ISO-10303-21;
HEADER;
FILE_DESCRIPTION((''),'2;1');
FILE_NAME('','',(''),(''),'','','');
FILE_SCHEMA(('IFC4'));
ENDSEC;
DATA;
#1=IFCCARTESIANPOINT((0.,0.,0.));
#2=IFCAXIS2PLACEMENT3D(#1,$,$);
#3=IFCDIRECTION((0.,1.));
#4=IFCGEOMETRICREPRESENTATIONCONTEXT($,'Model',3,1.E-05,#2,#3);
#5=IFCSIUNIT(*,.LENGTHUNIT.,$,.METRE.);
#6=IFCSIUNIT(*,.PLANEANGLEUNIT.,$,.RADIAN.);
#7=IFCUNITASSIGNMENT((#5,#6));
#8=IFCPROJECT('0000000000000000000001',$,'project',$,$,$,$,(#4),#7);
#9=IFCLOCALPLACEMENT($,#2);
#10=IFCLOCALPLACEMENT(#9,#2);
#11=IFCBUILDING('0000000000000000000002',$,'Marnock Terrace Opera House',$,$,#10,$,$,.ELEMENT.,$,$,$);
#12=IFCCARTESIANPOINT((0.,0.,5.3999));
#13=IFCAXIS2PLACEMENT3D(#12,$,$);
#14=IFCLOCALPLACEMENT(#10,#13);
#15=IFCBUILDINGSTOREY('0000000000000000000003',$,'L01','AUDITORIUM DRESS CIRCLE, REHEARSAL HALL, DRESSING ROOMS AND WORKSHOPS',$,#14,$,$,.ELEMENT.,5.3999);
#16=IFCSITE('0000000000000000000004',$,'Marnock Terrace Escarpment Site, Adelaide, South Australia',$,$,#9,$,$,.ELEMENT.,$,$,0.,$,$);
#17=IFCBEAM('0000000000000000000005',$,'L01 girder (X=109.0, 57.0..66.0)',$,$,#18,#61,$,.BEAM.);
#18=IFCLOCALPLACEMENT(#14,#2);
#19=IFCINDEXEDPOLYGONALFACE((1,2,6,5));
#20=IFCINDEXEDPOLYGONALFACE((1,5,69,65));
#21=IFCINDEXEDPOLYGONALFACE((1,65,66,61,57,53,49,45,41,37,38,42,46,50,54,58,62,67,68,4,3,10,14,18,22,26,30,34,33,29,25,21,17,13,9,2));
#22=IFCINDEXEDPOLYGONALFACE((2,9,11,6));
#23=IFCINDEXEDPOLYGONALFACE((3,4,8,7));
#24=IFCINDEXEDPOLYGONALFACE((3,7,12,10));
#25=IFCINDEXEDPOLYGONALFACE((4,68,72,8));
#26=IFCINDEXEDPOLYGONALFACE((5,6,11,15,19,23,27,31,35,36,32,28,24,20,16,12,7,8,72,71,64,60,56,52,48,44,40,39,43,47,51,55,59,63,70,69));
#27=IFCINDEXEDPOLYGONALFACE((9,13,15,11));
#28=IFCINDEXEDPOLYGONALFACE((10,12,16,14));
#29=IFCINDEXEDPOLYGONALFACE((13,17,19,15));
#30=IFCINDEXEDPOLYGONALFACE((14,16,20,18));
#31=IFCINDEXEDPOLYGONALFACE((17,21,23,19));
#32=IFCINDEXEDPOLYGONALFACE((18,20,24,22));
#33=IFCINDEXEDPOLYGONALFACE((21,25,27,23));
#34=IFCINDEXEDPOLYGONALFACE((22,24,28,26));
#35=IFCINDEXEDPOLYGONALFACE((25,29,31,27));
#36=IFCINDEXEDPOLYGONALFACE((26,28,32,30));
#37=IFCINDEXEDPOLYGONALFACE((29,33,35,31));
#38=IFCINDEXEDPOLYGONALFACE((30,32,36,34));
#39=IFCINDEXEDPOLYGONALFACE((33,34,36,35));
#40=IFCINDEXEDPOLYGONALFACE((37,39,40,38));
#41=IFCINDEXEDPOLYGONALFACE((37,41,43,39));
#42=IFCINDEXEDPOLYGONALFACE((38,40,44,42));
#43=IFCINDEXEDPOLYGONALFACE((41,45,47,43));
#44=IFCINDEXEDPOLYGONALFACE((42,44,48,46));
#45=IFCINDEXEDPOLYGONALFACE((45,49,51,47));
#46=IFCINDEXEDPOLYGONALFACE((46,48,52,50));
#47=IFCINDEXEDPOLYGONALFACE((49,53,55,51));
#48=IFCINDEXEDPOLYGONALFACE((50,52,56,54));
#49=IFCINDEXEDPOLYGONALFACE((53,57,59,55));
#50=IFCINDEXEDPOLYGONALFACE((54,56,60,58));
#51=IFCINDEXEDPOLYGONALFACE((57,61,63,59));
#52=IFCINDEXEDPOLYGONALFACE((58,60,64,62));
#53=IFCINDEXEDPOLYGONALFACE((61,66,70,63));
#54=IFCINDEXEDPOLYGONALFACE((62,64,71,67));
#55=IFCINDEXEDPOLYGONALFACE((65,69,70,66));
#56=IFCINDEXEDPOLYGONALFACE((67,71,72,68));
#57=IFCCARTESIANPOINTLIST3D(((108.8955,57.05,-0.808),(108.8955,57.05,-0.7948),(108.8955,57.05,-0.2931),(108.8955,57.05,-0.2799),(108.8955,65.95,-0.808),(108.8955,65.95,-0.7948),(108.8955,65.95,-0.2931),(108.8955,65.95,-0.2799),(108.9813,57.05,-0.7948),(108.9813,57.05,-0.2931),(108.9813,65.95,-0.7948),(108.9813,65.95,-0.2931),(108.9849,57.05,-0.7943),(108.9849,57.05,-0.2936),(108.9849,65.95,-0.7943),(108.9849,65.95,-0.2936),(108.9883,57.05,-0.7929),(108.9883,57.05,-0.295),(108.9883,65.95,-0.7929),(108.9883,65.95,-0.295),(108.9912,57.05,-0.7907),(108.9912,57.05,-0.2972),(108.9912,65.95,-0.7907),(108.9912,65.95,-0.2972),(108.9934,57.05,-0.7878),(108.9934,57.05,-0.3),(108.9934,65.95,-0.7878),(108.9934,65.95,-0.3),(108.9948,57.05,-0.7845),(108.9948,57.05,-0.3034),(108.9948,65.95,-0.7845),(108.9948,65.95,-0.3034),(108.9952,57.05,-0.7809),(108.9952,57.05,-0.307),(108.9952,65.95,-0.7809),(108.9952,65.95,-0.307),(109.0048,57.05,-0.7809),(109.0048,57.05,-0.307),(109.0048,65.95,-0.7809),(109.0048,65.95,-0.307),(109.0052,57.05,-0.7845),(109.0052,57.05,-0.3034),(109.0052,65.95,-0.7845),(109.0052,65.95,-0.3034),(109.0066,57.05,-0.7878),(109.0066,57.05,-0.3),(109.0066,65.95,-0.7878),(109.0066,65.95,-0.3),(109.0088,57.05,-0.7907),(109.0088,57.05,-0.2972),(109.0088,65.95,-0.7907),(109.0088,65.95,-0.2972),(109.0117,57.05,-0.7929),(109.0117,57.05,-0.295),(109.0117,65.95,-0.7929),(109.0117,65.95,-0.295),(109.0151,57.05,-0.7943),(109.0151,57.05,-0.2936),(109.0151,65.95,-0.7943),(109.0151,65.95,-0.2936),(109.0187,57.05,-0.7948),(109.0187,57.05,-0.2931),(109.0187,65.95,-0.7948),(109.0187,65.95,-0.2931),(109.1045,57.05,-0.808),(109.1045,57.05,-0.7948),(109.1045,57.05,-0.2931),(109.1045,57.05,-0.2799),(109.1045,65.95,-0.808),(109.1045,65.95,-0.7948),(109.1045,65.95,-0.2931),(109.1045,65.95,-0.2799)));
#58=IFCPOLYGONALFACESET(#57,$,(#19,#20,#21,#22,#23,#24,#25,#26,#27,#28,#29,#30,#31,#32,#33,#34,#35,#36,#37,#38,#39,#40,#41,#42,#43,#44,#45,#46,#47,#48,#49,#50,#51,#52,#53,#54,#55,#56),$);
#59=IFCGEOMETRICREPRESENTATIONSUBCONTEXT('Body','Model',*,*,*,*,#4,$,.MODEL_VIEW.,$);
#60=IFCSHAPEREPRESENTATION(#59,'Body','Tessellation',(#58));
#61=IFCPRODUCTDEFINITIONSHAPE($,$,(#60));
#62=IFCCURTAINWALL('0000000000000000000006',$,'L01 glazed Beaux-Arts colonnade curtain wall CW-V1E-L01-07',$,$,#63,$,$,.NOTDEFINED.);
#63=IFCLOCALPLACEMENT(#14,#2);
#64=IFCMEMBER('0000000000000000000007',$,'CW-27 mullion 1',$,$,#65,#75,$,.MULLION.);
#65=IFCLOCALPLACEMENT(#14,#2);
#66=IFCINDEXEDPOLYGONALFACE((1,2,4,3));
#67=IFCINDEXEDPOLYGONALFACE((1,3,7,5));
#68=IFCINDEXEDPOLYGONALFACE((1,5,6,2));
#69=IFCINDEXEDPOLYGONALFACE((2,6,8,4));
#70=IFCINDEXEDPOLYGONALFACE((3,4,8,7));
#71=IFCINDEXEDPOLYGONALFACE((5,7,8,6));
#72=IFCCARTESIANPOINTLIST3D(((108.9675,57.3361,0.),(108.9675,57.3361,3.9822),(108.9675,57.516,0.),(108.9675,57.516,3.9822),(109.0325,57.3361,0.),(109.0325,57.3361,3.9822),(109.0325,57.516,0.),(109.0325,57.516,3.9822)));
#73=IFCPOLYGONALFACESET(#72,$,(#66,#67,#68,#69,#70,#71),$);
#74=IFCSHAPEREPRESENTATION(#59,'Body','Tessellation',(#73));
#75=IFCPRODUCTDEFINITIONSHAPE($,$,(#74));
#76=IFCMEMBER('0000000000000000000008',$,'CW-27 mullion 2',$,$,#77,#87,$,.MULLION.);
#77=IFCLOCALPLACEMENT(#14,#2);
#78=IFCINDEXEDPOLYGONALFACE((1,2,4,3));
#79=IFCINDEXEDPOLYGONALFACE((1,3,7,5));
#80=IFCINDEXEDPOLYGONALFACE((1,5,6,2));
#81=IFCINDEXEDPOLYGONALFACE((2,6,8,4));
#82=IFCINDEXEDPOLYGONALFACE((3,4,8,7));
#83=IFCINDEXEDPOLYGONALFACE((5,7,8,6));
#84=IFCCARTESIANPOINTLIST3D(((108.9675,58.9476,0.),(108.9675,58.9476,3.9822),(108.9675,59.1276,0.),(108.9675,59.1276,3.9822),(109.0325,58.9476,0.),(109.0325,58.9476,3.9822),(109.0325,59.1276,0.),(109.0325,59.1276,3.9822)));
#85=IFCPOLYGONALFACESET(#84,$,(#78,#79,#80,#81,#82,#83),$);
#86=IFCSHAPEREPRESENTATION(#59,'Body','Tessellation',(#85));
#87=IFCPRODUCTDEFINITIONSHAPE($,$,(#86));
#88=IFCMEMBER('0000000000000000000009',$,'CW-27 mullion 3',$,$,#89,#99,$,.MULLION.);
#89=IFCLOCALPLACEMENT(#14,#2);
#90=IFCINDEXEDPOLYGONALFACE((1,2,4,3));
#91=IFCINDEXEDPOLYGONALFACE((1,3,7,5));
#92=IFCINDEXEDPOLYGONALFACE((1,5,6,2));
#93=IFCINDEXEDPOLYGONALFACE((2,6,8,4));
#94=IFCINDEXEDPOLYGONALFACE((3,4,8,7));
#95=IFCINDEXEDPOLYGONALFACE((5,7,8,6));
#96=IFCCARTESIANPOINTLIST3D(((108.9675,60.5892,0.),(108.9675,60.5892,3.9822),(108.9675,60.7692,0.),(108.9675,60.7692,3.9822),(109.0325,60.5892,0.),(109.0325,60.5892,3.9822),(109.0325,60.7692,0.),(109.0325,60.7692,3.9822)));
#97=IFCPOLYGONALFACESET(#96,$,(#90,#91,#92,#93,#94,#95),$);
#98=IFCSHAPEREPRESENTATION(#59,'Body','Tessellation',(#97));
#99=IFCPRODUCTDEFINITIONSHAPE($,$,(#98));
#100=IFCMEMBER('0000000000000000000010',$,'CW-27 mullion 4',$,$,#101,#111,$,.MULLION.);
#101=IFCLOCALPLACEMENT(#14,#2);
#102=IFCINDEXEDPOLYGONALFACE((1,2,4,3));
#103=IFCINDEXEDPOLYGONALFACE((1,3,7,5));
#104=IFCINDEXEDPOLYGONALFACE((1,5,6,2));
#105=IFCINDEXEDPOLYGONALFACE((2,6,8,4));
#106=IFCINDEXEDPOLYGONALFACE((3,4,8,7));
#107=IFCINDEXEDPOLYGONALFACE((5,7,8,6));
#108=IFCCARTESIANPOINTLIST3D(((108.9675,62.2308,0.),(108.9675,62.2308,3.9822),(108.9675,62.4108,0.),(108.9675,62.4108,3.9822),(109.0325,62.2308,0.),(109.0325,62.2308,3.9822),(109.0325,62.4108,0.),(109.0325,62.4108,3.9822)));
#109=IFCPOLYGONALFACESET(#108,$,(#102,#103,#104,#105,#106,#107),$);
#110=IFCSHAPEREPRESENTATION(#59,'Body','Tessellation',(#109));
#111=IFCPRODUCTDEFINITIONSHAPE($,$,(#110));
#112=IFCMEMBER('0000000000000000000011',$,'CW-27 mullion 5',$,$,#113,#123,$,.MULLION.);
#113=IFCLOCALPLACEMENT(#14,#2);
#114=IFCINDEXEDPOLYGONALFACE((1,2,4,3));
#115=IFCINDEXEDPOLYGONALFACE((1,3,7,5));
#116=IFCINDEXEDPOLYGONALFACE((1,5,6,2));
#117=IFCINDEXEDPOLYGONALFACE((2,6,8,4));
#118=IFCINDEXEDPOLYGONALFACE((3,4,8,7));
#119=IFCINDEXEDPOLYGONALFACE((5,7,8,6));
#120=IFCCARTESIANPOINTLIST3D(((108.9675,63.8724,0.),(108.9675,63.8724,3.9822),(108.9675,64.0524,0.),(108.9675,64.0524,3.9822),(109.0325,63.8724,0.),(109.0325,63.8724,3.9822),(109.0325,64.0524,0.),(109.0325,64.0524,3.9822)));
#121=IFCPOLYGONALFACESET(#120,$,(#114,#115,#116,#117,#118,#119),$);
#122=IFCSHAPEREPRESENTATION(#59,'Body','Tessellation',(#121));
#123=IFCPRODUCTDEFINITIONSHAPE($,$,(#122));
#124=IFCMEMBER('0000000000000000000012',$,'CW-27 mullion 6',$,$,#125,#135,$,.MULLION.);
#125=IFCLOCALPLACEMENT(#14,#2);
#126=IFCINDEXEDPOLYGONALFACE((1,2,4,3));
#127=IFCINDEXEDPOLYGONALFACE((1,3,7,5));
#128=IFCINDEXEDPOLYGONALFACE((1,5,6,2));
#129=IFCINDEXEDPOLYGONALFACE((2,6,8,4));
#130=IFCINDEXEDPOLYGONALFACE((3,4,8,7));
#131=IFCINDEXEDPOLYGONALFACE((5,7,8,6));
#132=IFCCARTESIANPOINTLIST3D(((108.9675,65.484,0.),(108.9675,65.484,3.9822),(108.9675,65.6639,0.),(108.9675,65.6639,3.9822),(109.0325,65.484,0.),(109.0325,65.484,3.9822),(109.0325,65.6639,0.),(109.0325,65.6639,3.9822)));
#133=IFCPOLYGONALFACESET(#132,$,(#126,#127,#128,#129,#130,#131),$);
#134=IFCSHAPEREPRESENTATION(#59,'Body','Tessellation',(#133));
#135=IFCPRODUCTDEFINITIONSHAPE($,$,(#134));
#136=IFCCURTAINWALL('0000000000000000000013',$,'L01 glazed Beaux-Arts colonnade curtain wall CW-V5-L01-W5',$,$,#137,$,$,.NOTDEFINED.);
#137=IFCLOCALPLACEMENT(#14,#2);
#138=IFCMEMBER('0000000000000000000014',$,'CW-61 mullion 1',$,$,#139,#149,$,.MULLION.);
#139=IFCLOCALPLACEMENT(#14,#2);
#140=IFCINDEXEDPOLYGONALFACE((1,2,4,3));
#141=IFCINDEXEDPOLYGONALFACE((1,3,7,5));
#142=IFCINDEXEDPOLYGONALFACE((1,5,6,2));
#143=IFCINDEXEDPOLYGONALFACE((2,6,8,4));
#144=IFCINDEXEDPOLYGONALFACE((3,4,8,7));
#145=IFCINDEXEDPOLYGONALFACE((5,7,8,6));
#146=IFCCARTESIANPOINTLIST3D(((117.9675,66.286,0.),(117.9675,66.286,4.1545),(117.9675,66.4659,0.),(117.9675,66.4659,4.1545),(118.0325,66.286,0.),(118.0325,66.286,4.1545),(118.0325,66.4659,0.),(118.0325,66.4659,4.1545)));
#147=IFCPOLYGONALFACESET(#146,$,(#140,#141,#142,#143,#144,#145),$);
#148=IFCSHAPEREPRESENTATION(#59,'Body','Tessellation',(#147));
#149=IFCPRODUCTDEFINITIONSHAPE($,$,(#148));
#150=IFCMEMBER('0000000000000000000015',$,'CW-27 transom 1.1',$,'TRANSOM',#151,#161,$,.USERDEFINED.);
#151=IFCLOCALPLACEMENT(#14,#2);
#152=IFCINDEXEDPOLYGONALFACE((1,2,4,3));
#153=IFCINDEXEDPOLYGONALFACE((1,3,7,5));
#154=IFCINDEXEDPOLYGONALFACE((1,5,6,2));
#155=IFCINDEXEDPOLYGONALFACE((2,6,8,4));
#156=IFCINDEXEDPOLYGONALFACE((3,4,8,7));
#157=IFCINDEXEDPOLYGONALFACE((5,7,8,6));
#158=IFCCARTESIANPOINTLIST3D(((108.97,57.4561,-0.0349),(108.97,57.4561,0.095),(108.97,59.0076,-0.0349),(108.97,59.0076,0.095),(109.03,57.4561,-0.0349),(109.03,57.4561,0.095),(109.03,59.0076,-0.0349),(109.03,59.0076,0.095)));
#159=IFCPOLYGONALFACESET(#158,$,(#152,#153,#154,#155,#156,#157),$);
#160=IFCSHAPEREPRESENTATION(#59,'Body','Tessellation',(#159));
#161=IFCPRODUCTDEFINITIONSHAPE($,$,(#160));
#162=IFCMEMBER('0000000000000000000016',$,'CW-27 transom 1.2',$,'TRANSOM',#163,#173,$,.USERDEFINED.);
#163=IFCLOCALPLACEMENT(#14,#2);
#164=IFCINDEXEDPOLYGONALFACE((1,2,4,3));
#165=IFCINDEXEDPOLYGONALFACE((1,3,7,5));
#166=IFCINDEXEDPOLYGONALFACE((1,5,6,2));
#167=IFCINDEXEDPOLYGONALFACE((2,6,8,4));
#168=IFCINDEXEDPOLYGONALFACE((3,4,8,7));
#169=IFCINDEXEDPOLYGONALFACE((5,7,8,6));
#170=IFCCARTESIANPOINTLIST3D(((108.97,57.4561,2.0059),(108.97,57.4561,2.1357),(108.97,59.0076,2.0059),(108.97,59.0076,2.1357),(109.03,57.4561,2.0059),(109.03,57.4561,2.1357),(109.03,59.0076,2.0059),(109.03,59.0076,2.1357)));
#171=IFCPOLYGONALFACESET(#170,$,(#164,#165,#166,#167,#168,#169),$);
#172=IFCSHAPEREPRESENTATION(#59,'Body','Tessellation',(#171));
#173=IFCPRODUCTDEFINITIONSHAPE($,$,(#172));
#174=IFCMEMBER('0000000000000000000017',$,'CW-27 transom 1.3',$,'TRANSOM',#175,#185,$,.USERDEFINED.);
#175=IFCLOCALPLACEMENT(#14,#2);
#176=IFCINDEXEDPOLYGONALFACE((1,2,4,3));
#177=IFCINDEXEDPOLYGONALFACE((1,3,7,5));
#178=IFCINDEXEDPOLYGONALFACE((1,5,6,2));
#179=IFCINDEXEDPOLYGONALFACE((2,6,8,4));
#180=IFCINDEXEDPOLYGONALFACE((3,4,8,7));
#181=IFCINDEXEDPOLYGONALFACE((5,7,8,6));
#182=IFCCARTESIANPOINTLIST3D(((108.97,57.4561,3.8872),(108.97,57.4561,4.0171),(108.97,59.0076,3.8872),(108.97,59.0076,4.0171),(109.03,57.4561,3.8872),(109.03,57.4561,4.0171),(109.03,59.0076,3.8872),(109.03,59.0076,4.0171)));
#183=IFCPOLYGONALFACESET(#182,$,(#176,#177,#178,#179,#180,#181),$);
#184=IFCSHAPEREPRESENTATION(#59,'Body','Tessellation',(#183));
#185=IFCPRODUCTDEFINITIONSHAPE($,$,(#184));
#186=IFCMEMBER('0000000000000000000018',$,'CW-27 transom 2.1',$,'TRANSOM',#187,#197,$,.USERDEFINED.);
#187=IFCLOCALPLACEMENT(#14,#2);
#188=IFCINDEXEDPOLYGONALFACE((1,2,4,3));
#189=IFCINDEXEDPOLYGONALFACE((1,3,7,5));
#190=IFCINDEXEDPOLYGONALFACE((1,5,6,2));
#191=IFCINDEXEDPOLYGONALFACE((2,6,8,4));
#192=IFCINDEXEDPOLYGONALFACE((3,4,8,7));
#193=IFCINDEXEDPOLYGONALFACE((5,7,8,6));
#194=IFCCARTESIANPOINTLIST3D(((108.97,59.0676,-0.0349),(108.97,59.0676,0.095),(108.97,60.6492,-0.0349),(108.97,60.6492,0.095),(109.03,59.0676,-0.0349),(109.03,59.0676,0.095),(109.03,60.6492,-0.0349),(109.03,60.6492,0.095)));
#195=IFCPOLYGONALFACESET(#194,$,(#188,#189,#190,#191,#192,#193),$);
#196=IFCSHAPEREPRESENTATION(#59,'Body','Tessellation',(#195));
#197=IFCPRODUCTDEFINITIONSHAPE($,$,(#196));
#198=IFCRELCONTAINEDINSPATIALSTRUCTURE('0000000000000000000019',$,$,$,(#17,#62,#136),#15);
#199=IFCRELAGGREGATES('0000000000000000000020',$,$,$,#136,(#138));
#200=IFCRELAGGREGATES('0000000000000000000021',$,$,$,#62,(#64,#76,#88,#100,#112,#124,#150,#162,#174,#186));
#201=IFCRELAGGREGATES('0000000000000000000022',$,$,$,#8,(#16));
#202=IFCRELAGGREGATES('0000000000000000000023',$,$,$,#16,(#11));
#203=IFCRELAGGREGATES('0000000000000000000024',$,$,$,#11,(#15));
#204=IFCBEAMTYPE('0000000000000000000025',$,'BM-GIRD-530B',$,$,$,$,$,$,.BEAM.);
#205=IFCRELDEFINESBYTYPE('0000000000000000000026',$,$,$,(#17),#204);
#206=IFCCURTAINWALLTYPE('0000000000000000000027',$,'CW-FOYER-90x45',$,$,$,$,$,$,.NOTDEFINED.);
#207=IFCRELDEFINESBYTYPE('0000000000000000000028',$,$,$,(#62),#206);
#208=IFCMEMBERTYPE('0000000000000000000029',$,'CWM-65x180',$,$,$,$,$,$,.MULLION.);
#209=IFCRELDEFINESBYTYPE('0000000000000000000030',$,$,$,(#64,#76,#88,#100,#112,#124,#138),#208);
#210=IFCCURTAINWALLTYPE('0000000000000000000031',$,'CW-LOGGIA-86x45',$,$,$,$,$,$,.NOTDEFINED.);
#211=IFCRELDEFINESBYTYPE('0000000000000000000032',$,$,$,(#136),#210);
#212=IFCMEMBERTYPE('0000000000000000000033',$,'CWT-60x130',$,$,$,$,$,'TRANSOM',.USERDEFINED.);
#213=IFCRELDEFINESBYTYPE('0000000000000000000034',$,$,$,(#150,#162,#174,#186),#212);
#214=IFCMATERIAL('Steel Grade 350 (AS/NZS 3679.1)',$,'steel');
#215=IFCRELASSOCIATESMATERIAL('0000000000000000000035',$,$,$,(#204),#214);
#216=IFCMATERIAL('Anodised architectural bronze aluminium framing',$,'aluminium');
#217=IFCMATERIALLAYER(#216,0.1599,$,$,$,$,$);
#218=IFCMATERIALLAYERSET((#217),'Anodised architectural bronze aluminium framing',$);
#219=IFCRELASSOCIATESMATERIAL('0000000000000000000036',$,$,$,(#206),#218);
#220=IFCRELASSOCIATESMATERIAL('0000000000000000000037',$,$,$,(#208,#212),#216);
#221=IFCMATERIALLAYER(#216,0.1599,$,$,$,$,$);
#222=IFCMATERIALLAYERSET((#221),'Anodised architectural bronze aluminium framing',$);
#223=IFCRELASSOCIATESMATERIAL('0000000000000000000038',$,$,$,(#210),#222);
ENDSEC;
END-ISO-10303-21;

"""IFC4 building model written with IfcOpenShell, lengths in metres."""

from ifc_helpers import new_model, si_unit, direction, frame, origin, origin_2d, place, context, subcontext, project, spatial, rectangle, i_section, extrude, material, layer, layer_set, material_profile, profile_set, type_object, element, aggregate, save


model = new_model("IFC4")

# Units and contexts
model_context = context("Model", 3, precision=1e-05, world=origin(), true_north=direction((0.0, 1.0)))
body_context = subcontext(model_context, "Body", "Model", "MODEL_VIEW")
ifc_project = project(units=[si_unit("LENGTHUNIT", "METRE"), si_unit("PLANEANGLEUNIT", "RADIAN")], contexts=[model_context])

# Site, building, storey
site_placement = place(None, origin())
site = spatial("IfcSite", under=ifc_project, at=site_placement, Name="Marnock Terrace Escarpment Site, Adelaide, South Australia", CompositionType="ELEMENT", RefElevation=0.0)
building_placement = place(site_placement, origin())
building = spatial("IfcBuilding", under=site, at=building_placement, Name="Marnock Terrace Opera House", CompositionType="ELEMENT")
storey_placement = place(building_placement, frame((0.0, 0.0, 5.3999)))
storey = spatial("IfcBuildingStorey", under=building, at=storey_placement, Name="L01", Description="AUDITORIUM DRESS CIRCLE, REHEARSAL HALL, DRESSING ROOMS AND WORKSHOPS", CompositionType="ELEMENT", Elevation=5.3999)

# Beam
ifc_material_1 = material(Name="Steel Grade 350 (AS/NZS 3679.1)", Category="steel")
ifc_material_profile_1 = material_profile(ifc_material_1, i_section(OverallWidth=0.209, OverallDepth=0.5281, WebThickness=0.0095, FlangeThickness=0.0132, FilletRadius=0.0139, at=origin_2d()))
ifc_profile_set_1 = profile_set([ifc_material_profile_1], Name="Steel Grade 350 (AS/NZS 3679.1)")
beam_type_1 = type_object("IfcBeamType", Name="BM-GIRD-530B", PredefinedType="BEAM", material=ifc_profile_set_1)
beam_1_placement = place(storey_placement, frame((109.0, 57.05, -0.5439), z_axis=(0.0, 1.0, 0.0), x_axis=(-1.0, 0.0, 0.0)))
element("IfcBeam", 1, at=beam_1_placement, inside=storey, type_object=beam_type_1, Name="L01 girder (X=109.0, 57.0..66.0)", PredefinedType="BEAM", context=body_context, shape_type="SweptSolid", body=[
    extrude(i_section(OverallWidth=0.209, OverallDepth=0.5281, WebThickness=0.0095, FlangeThickness=0.0132, FilletRadius=0.0139, at=origin_2d()), origin(), (0.0, 0.0, 1.0), 8.8999),
])

# Curtain wall, members
ifc_material_2 = material(Name="Anodised architectural bronze aluminium framing", Category="aluminium")
ifc_layer_1 = layer(ifc_material_2, 0.1599)
ifc_layer_set_1 = layer_set([ifc_layer_1], Name="Anodised architectural bronze aluminium framing")
curtain_wall_type_1 = type_object("IfcCurtainWallType", Name="CW-FOYER-90x45", PredefinedType="NOTDEFINED", material=ifc_layer_set_1)
curtain_wall_1_placement = place(storey_placement, origin())
curtain_wall_1 = element("IfcCurtainWall", 2, at=curtain_wall_1_placement, inside=storey, type_object=curtain_wall_type_1, Name="L01 glazed Beaux-Arts colonnade curtain wall CW-V1E-L01-07", PredefinedType="NOTDEFINED")
ifc_material_profile_2 = material_profile(ifc_material_2, rectangle(XDim=0.0649, YDim=0.1799, at=origin_2d()))
ifc_profile_set_2 = profile_set([ifc_material_profile_2], Name="Anodised architectural bronze aluminium framing")
member_type_1 = type_object("IfcMemberType", Name="CWM-65x180", PredefinedType="MULLION", material=ifc_profile_set_2)
member_1_placement = place(storey_placement, frame((109.0, 57.426, 0.0), z_axis=(0.0, 0.0, 1.0), x_axis=(-1.0, 0.0, 0.0)))
member_1 = element("IfcMember", 3, at=member_1_placement, type_object=member_type_1, Name="CW-27 mullion 1", PredefinedType="MULLION", context=body_context, shape_type="SweptSolid", body=[
    extrude(rectangle(XDim=0.0649, YDim=0.1799, at=origin_2d()), origin(), (0.0, 0.0, 1.0), 3.9822),
])
member_2_placement = place(storey_placement, frame((109.0, 59.0376, 0.0), z_axis=(0.0, 0.0, 1.0), x_axis=(-1.0, 0.0, 0.0)))
member_2 = element("IfcMember", 4, at=member_2_placement, type_object=member_type_1, Name="CW-27 mullion 2", PredefinedType="MULLION", context=body_context, shape_type="SweptSolid", body=[
    extrude(rectangle(XDim=0.0649, YDim=0.1799, at=origin_2d()), origin(), (0.0, 0.0, 1.0), 3.9822),
])
member_3_placement = place(storey_placement, frame((109.0, 60.6792, 0.0), z_axis=(0.0, 0.0, 1.0), x_axis=(-1.0, 0.0, 0.0)))
member_3 = element("IfcMember", 5, at=member_3_placement, type_object=member_type_1, Name="CW-27 mullion 3", PredefinedType="MULLION", context=body_context, shape_type="SweptSolid", body=[
    extrude(rectangle(XDim=0.0649, YDim=0.1799, at=origin_2d()), origin(), (0.0, 0.0, 1.0), 3.9822),
])
member_4_placement = place(storey_placement, frame((109.0, 62.3208, 0.0), z_axis=(0.0, 0.0, 1.0), x_axis=(-1.0, 0.0, 0.0)))
member_4 = element("IfcMember", 6, at=member_4_placement, type_object=member_type_1, Name="CW-27 mullion 4", PredefinedType="MULLION", context=body_context, shape_type="SweptSolid", body=[
    extrude(rectangle(XDim=0.0649, YDim=0.1799, at=origin_2d()), origin(), (0.0, 0.0, 1.0), 3.9822),
])
member_5_placement = place(storey_placement, frame((109.0, 63.9624, 0.0), z_axis=(0.0, 0.0, 1.0), x_axis=(-1.0, 0.0, 0.0)))
member_5 = element("IfcMember", 7, at=member_5_placement, type_object=member_type_1, Name="CW-27 mullion 5", PredefinedType="MULLION", context=body_context, shape_type="SweptSolid", body=[
    extrude(rectangle(XDim=0.0649, YDim=0.1799, at=origin_2d()), origin(), (0.0, 0.0, 1.0), 3.9822),
])
member_6_placement = place(storey_placement, frame((109.0, 65.574, 0.0), z_axis=(0.0, 0.0, 1.0), x_axis=(-1.0, 0.0, 0.0)))
member_6 = element("IfcMember", 8, at=member_6_placement, type_object=member_type_1, Name="CW-27 mullion 6", PredefinedType="MULLION", context=body_context, shape_type="SweptSolid", body=[
    extrude(rectangle(XDim=0.0649, YDim=0.1799, at=origin_2d()), origin(), (0.0, 0.0, 1.0), 3.9822),
])

# Curtain wall, member
ifc_layer_2 = layer(ifc_material_2, 0.1599)
ifc_layer_set_2 = layer_set([ifc_layer_2], Name="Anodised architectural bronze aluminium framing")
curtain_wall_type_2 = type_object("IfcCurtainWallType", Name="CW-LOGGIA-86x45", PredefinedType="NOTDEFINED", material=ifc_layer_set_2)
curtain_wall_2_placement = place(storey_placement, origin())
curtain_wall_2 = element("IfcCurtainWall", 9, at=curtain_wall_2_placement, inside=storey, type_object=curtain_wall_type_2, Name="L01 glazed Beaux-Arts colonnade curtain wall CW-V5-L01-W5", PredefinedType="NOTDEFINED")
member_7_placement = place(storey_placement, frame((118.0, 66.376, 0.0), z_axis=(0.0, 0.0, 1.0), x_axis=(-1.0, 0.0, 0.0)))
member_7 = element("IfcMember", 10, at=member_7_placement, type_object=member_type_1, Name="CW-61 mullion 1", PredefinedType="MULLION", context=body_context, shape_type="SweptSolid", body=[
    extrude(rectangle(XDim=0.0649, YDim=0.1799, at=origin_2d()), origin(), (0.0, 0.0, 1.0), 4.1545),
])

# Members
ifc_material_profile_3 = material_profile(ifc_material_2, rectangle(XDim=0.0601, YDim=0.1299, at=origin_2d()))
ifc_profile_set_3 = profile_set([ifc_material_profile_3], Name="Anodised architectural bronze aluminium framing")
member_type_2 = type_object("IfcMemberType", Name="CWT-60x130", ElementType="TRANSOM", PredefinedType="USERDEFINED", material=ifc_profile_set_3)
member_8_placement = place(storey_placement, frame((109.0, 57.4561, 0.03), z_axis=(0.0, 1.0, 0.0), x_axis=(-1.0, 0.0, 0.0)))
member_8 = element("IfcMember", 11, at=member_8_placement, type_object=member_type_2, Name="CW-27 transom 1.1", ObjectType="TRANSOM", PredefinedType="USERDEFINED", context=body_context, shape_type="SweptSolid", body=[
    extrude(rectangle(XDim=0.0601, YDim=0.1299, at=origin_2d()), origin(), (0.0, 0.0, 1.0), 1.5515),
])
member_9_placement = place(storey_placement, frame((109.0, 57.4561, 2.0708), z_axis=(0.0, 1.0, 0.0), x_axis=(-1.0, 0.0, 0.0)))
member_9 = element("IfcMember", 12, at=member_9_placement, type_object=member_type_2, Name="CW-27 transom 1.2", ObjectType="TRANSOM", PredefinedType="USERDEFINED", context=body_context, shape_type="SweptSolid", body=[
    extrude(rectangle(XDim=0.0601, YDim=0.1299, at=origin_2d()), origin(), (0.0, 0.0, 1.0), 1.5515),
])
member_10_placement = place(storey_placement, frame((109.0, 57.4561, 3.9521), z_axis=(0.0, 1.0, 0.0), x_axis=(-1.0, 0.0, 0.0)))
member_10 = element("IfcMember", 13, at=member_10_placement, type_object=member_type_2, Name="CW-27 transom 1.3", ObjectType="TRANSOM", PredefinedType="USERDEFINED", context=body_context, shape_type="SweptSolid", body=[
    extrude(rectangle(XDim=0.0601, YDim=0.1299, at=origin_2d()), origin(), (0.0, 0.0, 1.0), 1.5515),
])
member_11_placement = place(storey_placement, frame((109.0, 59.0676, 0.03), z_axis=(0.0, 1.0, 0.0), x_axis=(-1.0, 0.0, 0.0)))
member_11 = element("IfcMember", 14, at=member_11_placement, type_object=member_type_2, Name="CW-27 transom 2.1", ObjectType="TRANSOM", PredefinedType="USERDEFINED", context=body_context, shape_type="SweptSolid", body=[
    extrude(rectangle(XDim=0.0601, YDim=0.1299, at=origin_2d()), origin(), (0.0, 0.0, 1.0), 1.5815),
])
aggregate(curtain_wall_2, [member_7])

aggregate(curtain_wall_1, [member_1, member_2, member_3, member_4, member_5, member_6, member_8, member_9, member_10, member_11])

save(model, "model.ifc")
